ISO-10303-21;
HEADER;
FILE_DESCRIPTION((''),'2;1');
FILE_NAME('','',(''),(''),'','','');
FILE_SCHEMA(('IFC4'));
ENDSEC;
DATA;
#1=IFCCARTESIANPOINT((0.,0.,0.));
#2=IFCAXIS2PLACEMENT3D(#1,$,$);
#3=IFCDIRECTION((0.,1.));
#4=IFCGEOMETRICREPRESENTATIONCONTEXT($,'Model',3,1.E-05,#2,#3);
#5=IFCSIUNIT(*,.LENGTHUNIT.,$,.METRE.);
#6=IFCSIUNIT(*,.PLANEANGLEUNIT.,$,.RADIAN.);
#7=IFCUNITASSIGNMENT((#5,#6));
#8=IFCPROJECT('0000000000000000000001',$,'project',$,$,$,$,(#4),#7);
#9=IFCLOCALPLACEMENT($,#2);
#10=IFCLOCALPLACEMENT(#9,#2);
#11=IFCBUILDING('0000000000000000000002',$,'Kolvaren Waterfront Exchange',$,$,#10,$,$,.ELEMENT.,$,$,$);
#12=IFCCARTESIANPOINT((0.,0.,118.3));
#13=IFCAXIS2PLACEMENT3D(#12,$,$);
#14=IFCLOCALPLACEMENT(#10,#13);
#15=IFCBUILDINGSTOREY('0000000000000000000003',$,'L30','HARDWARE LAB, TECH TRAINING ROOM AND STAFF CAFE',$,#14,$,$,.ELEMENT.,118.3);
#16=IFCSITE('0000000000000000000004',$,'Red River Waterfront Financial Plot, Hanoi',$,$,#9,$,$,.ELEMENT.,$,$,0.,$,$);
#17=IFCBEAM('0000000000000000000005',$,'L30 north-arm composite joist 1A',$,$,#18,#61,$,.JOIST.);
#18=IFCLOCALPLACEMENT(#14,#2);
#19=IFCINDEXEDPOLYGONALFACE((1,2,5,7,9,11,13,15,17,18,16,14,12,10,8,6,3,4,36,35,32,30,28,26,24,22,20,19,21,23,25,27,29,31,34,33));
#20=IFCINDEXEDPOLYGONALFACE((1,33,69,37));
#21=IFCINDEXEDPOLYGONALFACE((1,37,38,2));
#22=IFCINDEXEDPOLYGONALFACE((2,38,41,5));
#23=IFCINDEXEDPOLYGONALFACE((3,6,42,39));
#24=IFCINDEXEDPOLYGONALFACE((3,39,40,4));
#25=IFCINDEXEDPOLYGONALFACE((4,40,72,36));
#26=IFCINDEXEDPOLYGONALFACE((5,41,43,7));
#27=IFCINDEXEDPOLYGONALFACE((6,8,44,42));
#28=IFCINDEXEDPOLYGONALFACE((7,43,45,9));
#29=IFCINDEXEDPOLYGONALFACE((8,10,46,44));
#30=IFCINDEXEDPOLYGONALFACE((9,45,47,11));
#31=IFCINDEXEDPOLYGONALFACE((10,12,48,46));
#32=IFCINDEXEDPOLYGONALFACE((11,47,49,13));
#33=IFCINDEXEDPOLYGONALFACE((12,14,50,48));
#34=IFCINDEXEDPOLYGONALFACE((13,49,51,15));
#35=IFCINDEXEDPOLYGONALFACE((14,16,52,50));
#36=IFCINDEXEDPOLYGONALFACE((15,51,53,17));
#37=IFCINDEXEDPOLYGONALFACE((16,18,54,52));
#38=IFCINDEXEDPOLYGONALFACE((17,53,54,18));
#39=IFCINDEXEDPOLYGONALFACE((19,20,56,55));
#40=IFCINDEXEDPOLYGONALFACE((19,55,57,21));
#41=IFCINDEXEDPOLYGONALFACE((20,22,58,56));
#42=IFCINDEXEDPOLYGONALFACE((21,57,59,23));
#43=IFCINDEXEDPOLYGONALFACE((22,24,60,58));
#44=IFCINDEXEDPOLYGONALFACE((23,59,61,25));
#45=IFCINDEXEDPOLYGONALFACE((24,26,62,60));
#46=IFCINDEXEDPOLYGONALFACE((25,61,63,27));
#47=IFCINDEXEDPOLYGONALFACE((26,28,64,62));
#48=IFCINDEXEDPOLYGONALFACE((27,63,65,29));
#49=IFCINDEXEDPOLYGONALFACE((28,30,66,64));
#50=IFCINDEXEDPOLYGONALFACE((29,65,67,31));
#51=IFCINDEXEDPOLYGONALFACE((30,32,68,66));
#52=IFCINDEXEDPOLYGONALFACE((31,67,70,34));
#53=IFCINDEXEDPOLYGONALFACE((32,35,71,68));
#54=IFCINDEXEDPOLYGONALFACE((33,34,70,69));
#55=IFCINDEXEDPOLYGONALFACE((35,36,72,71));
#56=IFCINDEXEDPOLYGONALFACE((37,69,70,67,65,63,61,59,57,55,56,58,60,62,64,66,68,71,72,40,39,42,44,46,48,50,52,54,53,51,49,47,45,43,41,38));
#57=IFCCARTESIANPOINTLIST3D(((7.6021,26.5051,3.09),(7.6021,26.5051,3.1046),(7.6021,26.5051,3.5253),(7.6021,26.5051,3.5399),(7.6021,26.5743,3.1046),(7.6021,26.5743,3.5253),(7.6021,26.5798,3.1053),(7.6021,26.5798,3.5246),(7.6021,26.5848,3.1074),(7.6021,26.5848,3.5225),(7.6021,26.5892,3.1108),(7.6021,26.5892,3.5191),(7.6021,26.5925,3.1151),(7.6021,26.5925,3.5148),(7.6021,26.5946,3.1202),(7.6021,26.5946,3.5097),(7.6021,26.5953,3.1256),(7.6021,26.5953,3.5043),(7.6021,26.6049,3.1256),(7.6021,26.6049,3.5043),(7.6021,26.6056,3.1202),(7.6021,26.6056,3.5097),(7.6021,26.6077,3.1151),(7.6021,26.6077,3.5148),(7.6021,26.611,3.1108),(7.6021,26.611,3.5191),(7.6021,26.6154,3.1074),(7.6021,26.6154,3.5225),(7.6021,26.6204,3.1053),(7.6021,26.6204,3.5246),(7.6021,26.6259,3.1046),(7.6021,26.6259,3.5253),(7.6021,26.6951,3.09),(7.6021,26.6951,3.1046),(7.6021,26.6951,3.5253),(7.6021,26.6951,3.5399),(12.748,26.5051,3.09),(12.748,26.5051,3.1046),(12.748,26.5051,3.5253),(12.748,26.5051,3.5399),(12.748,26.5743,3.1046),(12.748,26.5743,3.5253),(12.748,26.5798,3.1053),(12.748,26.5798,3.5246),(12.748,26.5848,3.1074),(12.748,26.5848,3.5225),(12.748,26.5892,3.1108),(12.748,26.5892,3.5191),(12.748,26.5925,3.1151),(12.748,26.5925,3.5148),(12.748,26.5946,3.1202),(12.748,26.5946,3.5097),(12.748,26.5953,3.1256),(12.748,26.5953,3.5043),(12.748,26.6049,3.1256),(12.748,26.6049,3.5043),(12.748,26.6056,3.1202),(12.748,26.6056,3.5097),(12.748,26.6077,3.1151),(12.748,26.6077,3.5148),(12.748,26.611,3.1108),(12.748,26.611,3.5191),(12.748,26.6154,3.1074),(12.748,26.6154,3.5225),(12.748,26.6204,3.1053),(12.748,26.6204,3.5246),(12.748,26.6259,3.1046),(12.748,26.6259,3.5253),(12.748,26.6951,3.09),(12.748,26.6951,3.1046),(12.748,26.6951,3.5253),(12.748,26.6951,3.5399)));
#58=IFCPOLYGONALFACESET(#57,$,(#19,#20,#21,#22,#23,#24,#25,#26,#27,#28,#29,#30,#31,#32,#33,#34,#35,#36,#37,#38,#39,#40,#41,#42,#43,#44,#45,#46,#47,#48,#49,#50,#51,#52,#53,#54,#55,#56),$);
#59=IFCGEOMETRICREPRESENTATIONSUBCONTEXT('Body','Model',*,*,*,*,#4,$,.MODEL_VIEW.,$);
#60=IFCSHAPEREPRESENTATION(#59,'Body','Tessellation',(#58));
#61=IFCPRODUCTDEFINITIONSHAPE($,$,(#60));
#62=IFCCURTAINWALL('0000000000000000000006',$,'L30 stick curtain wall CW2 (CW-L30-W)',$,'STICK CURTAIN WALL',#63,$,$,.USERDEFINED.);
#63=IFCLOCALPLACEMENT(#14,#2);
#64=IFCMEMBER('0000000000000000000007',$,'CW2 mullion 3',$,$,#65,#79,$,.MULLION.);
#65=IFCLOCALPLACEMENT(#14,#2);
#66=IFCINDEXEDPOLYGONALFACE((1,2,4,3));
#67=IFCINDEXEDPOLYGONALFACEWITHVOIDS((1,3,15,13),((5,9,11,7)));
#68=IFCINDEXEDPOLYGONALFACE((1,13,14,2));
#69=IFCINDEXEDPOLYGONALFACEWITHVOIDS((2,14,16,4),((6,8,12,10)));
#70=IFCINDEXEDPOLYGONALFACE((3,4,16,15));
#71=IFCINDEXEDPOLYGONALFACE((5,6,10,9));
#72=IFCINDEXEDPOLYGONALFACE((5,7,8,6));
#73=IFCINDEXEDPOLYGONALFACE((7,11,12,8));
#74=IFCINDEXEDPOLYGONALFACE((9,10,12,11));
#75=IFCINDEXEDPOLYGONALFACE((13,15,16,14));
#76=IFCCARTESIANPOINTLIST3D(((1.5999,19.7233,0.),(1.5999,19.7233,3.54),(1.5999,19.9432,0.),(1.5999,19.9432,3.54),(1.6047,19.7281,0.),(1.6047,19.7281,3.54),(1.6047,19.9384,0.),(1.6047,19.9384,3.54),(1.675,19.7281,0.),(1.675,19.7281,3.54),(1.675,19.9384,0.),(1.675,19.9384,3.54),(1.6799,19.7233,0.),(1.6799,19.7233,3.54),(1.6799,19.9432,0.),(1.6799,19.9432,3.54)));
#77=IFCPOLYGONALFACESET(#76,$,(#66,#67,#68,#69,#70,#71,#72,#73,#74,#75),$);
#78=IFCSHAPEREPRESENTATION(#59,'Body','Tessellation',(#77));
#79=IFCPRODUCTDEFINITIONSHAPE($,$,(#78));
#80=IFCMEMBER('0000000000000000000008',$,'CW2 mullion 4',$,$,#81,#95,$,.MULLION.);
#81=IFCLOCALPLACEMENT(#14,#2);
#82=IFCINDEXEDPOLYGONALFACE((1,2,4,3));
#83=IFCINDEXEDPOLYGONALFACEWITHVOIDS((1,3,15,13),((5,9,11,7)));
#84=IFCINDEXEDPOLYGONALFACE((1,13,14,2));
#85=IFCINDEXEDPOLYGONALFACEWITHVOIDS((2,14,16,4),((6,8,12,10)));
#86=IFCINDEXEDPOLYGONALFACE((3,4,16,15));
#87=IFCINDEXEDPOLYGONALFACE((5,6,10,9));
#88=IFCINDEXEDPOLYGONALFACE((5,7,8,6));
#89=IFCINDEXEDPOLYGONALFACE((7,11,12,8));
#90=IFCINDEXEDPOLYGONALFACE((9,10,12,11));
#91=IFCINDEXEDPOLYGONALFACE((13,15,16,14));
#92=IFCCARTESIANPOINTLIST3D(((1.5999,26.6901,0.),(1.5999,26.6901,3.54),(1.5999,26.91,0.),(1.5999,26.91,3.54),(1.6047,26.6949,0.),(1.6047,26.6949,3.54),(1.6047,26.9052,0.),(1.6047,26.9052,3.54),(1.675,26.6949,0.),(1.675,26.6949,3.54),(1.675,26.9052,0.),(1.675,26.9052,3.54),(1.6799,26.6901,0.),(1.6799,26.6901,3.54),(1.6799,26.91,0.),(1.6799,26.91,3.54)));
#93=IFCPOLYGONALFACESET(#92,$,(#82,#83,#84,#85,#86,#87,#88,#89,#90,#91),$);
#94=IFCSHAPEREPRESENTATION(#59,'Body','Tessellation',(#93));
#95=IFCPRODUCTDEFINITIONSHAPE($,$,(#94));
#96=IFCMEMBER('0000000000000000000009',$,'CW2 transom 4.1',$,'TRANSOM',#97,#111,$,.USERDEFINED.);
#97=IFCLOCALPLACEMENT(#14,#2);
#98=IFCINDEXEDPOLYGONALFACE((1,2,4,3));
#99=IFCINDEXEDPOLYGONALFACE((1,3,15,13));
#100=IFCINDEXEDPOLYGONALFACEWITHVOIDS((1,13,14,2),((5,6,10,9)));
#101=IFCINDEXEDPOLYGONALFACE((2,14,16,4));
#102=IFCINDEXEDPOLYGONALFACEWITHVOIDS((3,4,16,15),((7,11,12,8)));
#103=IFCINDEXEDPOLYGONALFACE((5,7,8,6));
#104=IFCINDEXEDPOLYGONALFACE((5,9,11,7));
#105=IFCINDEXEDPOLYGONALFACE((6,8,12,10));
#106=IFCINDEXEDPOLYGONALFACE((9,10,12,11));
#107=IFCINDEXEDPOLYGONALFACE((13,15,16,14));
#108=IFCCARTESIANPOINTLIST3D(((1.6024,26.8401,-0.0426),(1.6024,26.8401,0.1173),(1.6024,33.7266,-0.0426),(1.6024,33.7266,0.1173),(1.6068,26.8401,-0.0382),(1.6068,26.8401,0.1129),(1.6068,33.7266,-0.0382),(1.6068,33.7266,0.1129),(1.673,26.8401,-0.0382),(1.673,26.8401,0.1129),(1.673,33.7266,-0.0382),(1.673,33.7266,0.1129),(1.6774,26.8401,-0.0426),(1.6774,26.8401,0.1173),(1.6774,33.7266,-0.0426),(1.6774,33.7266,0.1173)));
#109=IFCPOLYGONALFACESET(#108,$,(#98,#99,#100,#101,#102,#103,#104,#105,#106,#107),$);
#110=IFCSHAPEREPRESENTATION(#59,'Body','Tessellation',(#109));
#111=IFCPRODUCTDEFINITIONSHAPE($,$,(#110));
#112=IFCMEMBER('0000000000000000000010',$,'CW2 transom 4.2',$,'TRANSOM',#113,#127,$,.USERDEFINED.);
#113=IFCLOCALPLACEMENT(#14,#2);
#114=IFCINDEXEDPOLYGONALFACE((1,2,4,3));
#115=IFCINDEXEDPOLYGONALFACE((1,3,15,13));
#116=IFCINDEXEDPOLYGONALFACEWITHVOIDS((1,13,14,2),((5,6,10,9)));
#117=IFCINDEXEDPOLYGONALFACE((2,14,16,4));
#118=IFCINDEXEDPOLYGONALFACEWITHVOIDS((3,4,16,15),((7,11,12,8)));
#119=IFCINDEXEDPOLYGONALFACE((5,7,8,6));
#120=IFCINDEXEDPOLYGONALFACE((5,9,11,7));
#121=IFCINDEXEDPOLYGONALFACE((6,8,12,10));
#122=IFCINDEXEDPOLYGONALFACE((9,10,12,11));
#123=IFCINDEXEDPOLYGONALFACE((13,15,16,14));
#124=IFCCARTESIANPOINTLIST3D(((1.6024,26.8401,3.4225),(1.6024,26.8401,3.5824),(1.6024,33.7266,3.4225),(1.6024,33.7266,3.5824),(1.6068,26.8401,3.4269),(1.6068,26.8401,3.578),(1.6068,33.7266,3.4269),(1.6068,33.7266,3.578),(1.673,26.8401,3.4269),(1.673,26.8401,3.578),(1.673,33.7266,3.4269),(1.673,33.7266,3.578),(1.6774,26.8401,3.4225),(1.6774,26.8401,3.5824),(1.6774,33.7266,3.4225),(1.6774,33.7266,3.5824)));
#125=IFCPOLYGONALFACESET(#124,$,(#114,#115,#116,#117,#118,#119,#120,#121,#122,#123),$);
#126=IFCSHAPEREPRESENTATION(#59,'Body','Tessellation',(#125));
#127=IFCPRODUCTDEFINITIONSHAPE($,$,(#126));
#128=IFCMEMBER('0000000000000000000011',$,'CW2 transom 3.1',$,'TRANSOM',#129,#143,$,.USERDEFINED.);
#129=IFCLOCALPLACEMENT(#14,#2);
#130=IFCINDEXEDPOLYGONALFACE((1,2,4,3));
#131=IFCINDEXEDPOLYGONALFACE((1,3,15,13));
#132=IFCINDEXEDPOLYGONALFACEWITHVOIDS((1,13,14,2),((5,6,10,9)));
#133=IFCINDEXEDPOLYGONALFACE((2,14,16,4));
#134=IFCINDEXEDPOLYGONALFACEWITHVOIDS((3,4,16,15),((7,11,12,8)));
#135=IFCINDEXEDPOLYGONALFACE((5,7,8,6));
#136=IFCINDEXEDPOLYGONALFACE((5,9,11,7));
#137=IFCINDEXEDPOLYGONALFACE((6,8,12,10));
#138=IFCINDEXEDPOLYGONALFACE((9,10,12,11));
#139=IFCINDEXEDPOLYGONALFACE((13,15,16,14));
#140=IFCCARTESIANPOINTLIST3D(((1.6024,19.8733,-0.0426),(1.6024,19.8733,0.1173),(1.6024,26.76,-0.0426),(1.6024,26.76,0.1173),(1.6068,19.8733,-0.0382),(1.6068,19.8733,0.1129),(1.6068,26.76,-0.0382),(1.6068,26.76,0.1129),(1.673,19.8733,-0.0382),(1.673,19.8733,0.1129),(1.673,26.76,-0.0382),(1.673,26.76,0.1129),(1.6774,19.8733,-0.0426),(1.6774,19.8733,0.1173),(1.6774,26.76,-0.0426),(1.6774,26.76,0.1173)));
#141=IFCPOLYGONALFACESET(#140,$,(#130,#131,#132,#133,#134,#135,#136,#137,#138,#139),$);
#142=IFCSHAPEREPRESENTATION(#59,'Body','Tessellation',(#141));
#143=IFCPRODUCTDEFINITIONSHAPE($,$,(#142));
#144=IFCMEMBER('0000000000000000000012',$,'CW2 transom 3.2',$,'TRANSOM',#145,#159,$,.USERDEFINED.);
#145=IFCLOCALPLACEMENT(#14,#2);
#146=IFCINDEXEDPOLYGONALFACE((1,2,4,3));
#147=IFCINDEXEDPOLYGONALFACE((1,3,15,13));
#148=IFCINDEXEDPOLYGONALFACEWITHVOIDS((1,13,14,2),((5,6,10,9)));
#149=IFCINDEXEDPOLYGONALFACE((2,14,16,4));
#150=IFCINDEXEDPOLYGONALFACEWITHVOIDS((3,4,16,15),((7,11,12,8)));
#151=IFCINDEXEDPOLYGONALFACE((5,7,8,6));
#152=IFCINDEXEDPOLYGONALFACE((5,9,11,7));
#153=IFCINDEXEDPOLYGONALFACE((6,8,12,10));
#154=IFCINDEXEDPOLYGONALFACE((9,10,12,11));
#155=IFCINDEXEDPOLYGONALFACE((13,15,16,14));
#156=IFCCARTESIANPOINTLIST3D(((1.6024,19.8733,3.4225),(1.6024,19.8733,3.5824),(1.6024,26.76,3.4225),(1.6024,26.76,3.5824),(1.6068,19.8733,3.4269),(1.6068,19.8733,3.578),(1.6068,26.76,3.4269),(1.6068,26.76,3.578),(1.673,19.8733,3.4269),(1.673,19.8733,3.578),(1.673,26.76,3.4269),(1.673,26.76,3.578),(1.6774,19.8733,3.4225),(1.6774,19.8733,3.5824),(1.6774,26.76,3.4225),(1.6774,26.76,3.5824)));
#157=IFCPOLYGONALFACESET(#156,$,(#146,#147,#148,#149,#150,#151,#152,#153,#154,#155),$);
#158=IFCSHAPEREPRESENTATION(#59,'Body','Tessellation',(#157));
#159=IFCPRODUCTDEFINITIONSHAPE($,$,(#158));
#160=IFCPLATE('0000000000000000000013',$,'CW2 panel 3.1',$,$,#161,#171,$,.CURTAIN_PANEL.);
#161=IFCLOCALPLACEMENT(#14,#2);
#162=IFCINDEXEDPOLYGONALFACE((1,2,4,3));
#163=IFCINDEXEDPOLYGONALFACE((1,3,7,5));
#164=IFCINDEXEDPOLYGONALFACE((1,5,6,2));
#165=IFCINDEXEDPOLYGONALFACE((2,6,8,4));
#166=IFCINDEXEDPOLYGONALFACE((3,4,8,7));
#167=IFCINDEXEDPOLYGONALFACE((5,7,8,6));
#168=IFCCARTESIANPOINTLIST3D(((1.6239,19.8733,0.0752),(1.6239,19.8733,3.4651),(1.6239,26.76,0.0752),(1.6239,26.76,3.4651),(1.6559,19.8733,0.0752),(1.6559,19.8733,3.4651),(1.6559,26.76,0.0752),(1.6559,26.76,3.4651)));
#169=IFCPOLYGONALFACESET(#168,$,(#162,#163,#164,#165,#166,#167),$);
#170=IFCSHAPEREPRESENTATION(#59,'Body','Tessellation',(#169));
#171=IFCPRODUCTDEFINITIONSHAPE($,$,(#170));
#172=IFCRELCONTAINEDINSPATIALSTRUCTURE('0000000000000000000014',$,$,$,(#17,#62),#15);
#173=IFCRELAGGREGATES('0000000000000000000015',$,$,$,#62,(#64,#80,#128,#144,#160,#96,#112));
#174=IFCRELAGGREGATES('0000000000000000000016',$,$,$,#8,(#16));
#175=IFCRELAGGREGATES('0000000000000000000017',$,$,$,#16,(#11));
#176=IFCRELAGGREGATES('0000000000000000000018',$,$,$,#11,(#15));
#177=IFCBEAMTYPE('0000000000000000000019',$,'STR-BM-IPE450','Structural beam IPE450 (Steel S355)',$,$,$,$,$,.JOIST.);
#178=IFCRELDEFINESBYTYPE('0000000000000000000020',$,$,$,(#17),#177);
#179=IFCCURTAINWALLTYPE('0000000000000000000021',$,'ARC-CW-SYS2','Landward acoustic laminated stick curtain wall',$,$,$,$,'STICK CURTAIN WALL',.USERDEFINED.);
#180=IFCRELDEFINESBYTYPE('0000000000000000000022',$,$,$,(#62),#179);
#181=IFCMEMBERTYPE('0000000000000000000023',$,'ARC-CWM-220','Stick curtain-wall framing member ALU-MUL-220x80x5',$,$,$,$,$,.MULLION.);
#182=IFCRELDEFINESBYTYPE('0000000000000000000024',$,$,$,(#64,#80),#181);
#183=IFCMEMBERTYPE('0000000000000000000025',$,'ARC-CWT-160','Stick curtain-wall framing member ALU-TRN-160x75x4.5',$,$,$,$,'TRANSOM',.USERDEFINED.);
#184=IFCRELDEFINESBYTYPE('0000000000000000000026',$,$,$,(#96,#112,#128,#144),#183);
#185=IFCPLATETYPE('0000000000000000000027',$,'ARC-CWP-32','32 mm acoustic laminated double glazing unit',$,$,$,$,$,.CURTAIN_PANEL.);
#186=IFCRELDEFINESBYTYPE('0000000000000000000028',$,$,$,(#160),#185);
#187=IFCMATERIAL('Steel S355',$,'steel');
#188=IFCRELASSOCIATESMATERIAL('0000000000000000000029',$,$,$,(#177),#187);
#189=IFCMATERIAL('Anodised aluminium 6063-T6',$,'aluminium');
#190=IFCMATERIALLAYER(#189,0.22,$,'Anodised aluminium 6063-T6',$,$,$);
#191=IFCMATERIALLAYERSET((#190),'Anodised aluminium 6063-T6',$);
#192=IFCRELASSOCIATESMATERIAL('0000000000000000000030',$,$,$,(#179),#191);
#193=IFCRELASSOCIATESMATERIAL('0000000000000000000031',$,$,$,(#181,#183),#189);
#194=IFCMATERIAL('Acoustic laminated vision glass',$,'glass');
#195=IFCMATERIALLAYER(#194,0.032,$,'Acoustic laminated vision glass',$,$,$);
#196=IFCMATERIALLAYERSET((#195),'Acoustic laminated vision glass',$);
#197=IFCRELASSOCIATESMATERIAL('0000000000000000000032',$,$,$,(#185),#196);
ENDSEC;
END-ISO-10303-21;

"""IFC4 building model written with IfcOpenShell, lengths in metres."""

from ifc_helpers import new_model, si_unit, direction, frame, origin, origin_with_axes, origin_2d, place, context, subcontext, project, spatial, rectangle, hollow_rectangle, i_section, extrude, source, transform, mapped, material, layer, layer_set, material_profile, profile_set, type_object, element, aggregate, save


model = new_model("IFC4")

# Units and contexts
model_context = context("Model", 3, precision=1e-05, world=origin(), true_north=direction((0.0, 1.0)))
body_context = subcontext(model_context, "Body", "Model", "MODEL_VIEW")
ifc_project = project(units=[si_unit("LENGTHUNIT", "METRE"), si_unit("PLANEANGLEUNIT", "RADIAN")], contexts=[model_context])

# Site, building, storey
site_placement = place(None, origin())
site = spatial("IfcSite", under=ifc_project, at=site_placement, Name="Red River Waterfront Financial Plot, Hanoi", CompositionType="ELEMENT", RefElevation=0.0)
building_placement = place(site_placement, origin())
building = spatial("IfcBuilding", under=site, at=building_placement, Name="Kolvaren Waterfront Exchange", CompositionType="ELEMENT")
storey_placement = place(building_placement, frame((0.0, 0.0, 118.3)))
storey = spatial("IfcBuildingStorey", under=building, at=storey_placement, Name="L30", Description="HARDWARE LAB, TECH TRAINING ROOM AND STAFF CAFE", CompositionType="ELEMENT", Elevation=118.3)

# Beam
ifc_material_1 = material(Name="Steel S355", Category="steel")
ifc_material_profile_1 = material_profile(ifc_material_1, i_section(OverallWidth=0.1899, OverallDepth=0.45, WebThickness=0.0095, FlangeThickness=0.0146, FilletRadius=0.021, at=origin_2d()), Name="IPE450")
ifc_profile_set_1 = profile_set([ifc_material_profile_1], Name="Steel S355")
beam_type_1 = type_object("IfcBeamType", Name="STR-BM-IPE450", Description="Structural beam IPE450 (Steel S355)", PredefinedType="JOIST", material=ifc_profile_set_1)
beam_1_placement = place(storey_placement, frame((7.6021, 26.6001, 3.3149), z_axis=(1.0, 0.0, 0.0), x_axis=(0.0, 1.0, 0.0)))
element("IfcBeam", 1, at=beam_1_placement, inside=storey, type_object=beam_type_1, Name="L30 north-arm composite joist 1A", PredefinedType="JOIST", context=body_context, shape_type="SweptSolid", body=[
    extrude(i_section(OverallWidth=0.1899, OverallDepth=0.45, WebThickness=0.0095, FlangeThickness=0.0146, FilletRadius=0.021, at=origin_2d()), origin(), (0.0, 0.0, 1.0), 5.146),
])

# Curtain wall, members, plate
ifc_material_2 = material(Name="Anodised aluminium 6063-T6", Category="aluminium")
ifc_layer_1 = layer(ifc_material_2, 0.22, Name="Anodised aluminium 6063-T6")
ifc_layer_set_1 = layer_set([ifc_layer_1], Name="Anodised aluminium 6063-T6")
curtain_wall_type = type_object("IfcCurtainWallType", Name="ARC-CW-SYS2", Description="Landward acoustic laminated stick curtain wall", ElementType="STICK CURTAIN WALL", PredefinedType="USERDEFINED", material=ifc_layer_set_1)
curtain_wall_placement = place(storey_placement, origin())
curtain_wall = element("IfcCurtainWall", 2, at=curtain_wall_placement, inside=storey, type_object=curtain_wall_type, Name="L30 stick curtain wall CW2 (CW-L30-W)", ObjectType="STICK CURTAIN WALL", PredefinedType="USERDEFINED")
ifc_material_profile_2 = material_profile(ifc_material_2, hollow_rectangle(XDim=0.0801, YDim=0.22, WallThickness=0.0049, at=origin_2d()), Name="ALU-MUL-220x80x5")
ifc_profile_set_2 = profile_set([ifc_material_profile_2], Name="Anodised aluminium 6063-T6")
member_type_1 = type_object("IfcMemberType", Name="ARC-CWM-220", Description="Stick curtain-wall framing member ALU-MUL-220x80x5", PredefinedType="MULLION", material=ifc_profile_set_2)
shared_shape_1 = source(origin_with_axes(), body_context, "Body", "SweptSolid", [
    extrude(hollow_rectangle(XDim=0.0801, YDim=0.22, WallThickness=0.0049, at=origin_2d()), origin(), (0.0, 0.0, 1.0), 3.54),
])
member_1_placement = place(storey_placement, frame((1.6399, 19.8333, 0.0), z_axis=(0.0, 0.0, 1.0), x_axis=(-1.0, 0.0, 0.0)))
member_1 = element("IfcMember", 3, at=member_1_placement, type_object=member_type_1, Name="CW2 mullion 3", PredefinedType="MULLION", context=body_context, shape_type="MappedRepresentation", body=[
    mapped(shared_shape_1, transform((0.0, 0.0, 0.0), x_axis=(1.0, 0.0, 0.0), y_axis=(0.0, 1.0, 0.0), z_axis=(0.0, 0.0, 1.0), scale=1.0)),
])
member_2_placement = place(storey_placement, frame((1.6399, 26.8, 0.0), z_axis=(0.0, 0.0, 1.0), x_axis=(-1.0, 0.0, 0.0)))
member_2 = element("IfcMember", 4, at=member_2_placement, type_object=member_type_1, Name="CW2 mullion 4", PredefinedType="MULLION", context=body_context, shape_type="MappedRepresentation", body=[
    mapped(shared_shape_1, transform((0.0, 0.0, 0.0), x_axis=(1.0, 0.0, 0.0), y_axis=(0.0, 1.0, 0.0), z_axis=(0.0, 0.0, 1.0), scale=1.0)),
])
ifc_material_profile_3 = material_profile(ifc_material_2, hollow_rectangle(XDim=0.075, YDim=0.1599, WallThickness=0.0044, at=origin_2d()), Name="ALU-TRN-160x75x4.5")
ifc_profile_set_3 = profile_set([ifc_material_profile_3], Name="Anodised aluminium 6063-T6")
member_type_2 = type_object("IfcMemberType", Name="ARC-CWT-160", Description="Stick curtain-wall framing member ALU-TRN-160x75x4.5", ElementType="TRANSOM", PredefinedType="USERDEFINED", material=ifc_profile_set_3)
shared_shape_2 = source(origin_with_axes(), body_context, "Body", "SweptSolid", [
    extrude(hollow_rectangle(XDim=0.075, YDim=0.1599, WallThickness=0.0044, at=origin_2d()), origin(), (0.0, 0.0, 1.0), 6.8865),
])
member_3_placement = place(storey_placement, frame((1.6399, 26.8401, 0.0374), z_axis=(0.0, 1.0, 0.0), x_axis=(-1.0, 0.0, 0.0)))
member_3 = element("IfcMember", 5, at=member_3_placement, type_object=member_type_2, Name="CW2 transom 4.1", ObjectType="TRANSOM", PredefinedType="USERDEFINED", context=body_context, shape_type="MappedRepresentation", body=[
    mapped(shared_shape_2, transform((0.0, 0.0, 0.0), x_axis=(1.0, 0.0, 0.0), y_axis=(0.0, 1.0, 0.0), z_axis=(0.0, 0.0, 1.0), scale=1.0)),
])
member_4_placement = place(storey_placement, frame((1.6399, 26.8401, 3.5024), z_axis=(0.0, 1.0, 0.0), x_axis=(-1.0, 0.0, 0.0)))
member_4 = element("IfcMember", 6, at=member_4_placement, type_object=member_type_2, Name="CW2 transom 4.2", ObjectType="TRANSOM", PredefinedType="USERDEFINED", context=body_context, shape_type="MappedRepresentation", body=[
    mapped(shared_shape_2, transform((0.0, 0.0, 0.0), x_axis=(1.0, 0.0, 0.0), y_axis=(0.0, 1.0, 0.0), z_axis=(0.0, 0.0, 1.0), scale=1.0)),
])
shared_shape_3 = source(origin_with_axes(), body_context, "Body", "SweptSolid", [
    extrude(hollow_rectangle(XDim=0.075, YDim=0.1599, WallThickness=0.0044, at=origin_2d()), origin(), (0.0, 0.0, 1.0), 6.8867),
])
member_5_placement = place(storey_placement, frame((1.6399, 19.8733, 0.0374), z_axis=(0.0, 1.0, 0.0), x_axis=(-1.0, 0.0, 0.0)))
member_5 = element("IfcMember", 7, at=member_5_placement, type_object=member_type_2, Name="CW2 transom 3.1", ObjectType="TRANSOM", PredefinedType="USERDEFINED", context=body_context, shape_type="MappedRepresentation", body=[
    mapped(shared_shape_3, transform((0.0, 0.0, 0.0), x_axis=(1.0, 0.0, 0.0), y_axis=(0.0, 1.0, 0.0), z_axis=(0.0, 0.0, 1.0), scale=1.0)),
])
member_6_placement = place(storey_placement, frame((1.6399, 19.8733, 3.5024), z_axis=(0.0, 1.0, 0.0), x_axis=(-1.0, 0.0, 0.0)))
member_6 = element("IfcMember", 8, at=member_6_placement, type_object=member_type_2, Name="CW2 transom 3.2", ObjectType="TRANSOM", PredefinedType="USERDEFINED", context=body_context, shape_type="MappedRepresentation", body=[
    mapped(shared_shape_3, transform((0.0, 0.0, 0.0), x_axis=(1.0, 0.0, 0.0), y_axis=(0.0, 1.0, 0.0), z_axis=(0.0, 0.0, 1.0), scale=1.0)),
])
ifc_material_3 = material(Name="Acoustic laminated vision glass", Category="glass")
ifc_layer_2 = layer(ifc_material_3, 0.032, Name="Acoustic laminated vision glass")
ifc_layer_set_2 = layer_set([ifc_layer_2], Name="Acoustic laminated vision glass")
plate_type = type_object("IfcPlateType", Name="ARC-CWP-32", Description="32 mm acoustic laminated double glazing unit", PredefinedType="CURTAIN_PANEL", material=ifc_layer_set_2)
shared_shape_4 = source(origin_with_axes(), body_context, "Body", "SweptSolid", [
    extrude(rectangle(XDim=6.8867, YDim=0.032, at=origin_2d()), origin(), (0.0, 0.0, 1.0), 3.3899),
])
plate_1_placement = place(storey_placement, frame((1.6399, 23.3167, 0.0752), z_axis=(0.0, 0.0, 1.0), x_axis=(0.0, 1.0, 0.0)))
plate_1 = element("IfcPlate", 9, at=plate_1_placement, type_object=plate_type, Name="CW2 panel 3.1", PredefinedType="CURTAIN_PANEL", context=body_context, shape_type="MappedRepresentation", body=[
    mapped(shared_shape_4, transform((0.0, 0.0, 0.0), x_axis=(1.0, 0.0, 0.0), y_axis=(0.0, 1.0, 0.0), z_axis=(0.0, 0.0, 1.0), scale=1.0)),
])
aggregate(curtain_wall, [member_1, member_2, member_5, member_6, plate_1, member_3, member_4])

save(model, "model.ifc")
